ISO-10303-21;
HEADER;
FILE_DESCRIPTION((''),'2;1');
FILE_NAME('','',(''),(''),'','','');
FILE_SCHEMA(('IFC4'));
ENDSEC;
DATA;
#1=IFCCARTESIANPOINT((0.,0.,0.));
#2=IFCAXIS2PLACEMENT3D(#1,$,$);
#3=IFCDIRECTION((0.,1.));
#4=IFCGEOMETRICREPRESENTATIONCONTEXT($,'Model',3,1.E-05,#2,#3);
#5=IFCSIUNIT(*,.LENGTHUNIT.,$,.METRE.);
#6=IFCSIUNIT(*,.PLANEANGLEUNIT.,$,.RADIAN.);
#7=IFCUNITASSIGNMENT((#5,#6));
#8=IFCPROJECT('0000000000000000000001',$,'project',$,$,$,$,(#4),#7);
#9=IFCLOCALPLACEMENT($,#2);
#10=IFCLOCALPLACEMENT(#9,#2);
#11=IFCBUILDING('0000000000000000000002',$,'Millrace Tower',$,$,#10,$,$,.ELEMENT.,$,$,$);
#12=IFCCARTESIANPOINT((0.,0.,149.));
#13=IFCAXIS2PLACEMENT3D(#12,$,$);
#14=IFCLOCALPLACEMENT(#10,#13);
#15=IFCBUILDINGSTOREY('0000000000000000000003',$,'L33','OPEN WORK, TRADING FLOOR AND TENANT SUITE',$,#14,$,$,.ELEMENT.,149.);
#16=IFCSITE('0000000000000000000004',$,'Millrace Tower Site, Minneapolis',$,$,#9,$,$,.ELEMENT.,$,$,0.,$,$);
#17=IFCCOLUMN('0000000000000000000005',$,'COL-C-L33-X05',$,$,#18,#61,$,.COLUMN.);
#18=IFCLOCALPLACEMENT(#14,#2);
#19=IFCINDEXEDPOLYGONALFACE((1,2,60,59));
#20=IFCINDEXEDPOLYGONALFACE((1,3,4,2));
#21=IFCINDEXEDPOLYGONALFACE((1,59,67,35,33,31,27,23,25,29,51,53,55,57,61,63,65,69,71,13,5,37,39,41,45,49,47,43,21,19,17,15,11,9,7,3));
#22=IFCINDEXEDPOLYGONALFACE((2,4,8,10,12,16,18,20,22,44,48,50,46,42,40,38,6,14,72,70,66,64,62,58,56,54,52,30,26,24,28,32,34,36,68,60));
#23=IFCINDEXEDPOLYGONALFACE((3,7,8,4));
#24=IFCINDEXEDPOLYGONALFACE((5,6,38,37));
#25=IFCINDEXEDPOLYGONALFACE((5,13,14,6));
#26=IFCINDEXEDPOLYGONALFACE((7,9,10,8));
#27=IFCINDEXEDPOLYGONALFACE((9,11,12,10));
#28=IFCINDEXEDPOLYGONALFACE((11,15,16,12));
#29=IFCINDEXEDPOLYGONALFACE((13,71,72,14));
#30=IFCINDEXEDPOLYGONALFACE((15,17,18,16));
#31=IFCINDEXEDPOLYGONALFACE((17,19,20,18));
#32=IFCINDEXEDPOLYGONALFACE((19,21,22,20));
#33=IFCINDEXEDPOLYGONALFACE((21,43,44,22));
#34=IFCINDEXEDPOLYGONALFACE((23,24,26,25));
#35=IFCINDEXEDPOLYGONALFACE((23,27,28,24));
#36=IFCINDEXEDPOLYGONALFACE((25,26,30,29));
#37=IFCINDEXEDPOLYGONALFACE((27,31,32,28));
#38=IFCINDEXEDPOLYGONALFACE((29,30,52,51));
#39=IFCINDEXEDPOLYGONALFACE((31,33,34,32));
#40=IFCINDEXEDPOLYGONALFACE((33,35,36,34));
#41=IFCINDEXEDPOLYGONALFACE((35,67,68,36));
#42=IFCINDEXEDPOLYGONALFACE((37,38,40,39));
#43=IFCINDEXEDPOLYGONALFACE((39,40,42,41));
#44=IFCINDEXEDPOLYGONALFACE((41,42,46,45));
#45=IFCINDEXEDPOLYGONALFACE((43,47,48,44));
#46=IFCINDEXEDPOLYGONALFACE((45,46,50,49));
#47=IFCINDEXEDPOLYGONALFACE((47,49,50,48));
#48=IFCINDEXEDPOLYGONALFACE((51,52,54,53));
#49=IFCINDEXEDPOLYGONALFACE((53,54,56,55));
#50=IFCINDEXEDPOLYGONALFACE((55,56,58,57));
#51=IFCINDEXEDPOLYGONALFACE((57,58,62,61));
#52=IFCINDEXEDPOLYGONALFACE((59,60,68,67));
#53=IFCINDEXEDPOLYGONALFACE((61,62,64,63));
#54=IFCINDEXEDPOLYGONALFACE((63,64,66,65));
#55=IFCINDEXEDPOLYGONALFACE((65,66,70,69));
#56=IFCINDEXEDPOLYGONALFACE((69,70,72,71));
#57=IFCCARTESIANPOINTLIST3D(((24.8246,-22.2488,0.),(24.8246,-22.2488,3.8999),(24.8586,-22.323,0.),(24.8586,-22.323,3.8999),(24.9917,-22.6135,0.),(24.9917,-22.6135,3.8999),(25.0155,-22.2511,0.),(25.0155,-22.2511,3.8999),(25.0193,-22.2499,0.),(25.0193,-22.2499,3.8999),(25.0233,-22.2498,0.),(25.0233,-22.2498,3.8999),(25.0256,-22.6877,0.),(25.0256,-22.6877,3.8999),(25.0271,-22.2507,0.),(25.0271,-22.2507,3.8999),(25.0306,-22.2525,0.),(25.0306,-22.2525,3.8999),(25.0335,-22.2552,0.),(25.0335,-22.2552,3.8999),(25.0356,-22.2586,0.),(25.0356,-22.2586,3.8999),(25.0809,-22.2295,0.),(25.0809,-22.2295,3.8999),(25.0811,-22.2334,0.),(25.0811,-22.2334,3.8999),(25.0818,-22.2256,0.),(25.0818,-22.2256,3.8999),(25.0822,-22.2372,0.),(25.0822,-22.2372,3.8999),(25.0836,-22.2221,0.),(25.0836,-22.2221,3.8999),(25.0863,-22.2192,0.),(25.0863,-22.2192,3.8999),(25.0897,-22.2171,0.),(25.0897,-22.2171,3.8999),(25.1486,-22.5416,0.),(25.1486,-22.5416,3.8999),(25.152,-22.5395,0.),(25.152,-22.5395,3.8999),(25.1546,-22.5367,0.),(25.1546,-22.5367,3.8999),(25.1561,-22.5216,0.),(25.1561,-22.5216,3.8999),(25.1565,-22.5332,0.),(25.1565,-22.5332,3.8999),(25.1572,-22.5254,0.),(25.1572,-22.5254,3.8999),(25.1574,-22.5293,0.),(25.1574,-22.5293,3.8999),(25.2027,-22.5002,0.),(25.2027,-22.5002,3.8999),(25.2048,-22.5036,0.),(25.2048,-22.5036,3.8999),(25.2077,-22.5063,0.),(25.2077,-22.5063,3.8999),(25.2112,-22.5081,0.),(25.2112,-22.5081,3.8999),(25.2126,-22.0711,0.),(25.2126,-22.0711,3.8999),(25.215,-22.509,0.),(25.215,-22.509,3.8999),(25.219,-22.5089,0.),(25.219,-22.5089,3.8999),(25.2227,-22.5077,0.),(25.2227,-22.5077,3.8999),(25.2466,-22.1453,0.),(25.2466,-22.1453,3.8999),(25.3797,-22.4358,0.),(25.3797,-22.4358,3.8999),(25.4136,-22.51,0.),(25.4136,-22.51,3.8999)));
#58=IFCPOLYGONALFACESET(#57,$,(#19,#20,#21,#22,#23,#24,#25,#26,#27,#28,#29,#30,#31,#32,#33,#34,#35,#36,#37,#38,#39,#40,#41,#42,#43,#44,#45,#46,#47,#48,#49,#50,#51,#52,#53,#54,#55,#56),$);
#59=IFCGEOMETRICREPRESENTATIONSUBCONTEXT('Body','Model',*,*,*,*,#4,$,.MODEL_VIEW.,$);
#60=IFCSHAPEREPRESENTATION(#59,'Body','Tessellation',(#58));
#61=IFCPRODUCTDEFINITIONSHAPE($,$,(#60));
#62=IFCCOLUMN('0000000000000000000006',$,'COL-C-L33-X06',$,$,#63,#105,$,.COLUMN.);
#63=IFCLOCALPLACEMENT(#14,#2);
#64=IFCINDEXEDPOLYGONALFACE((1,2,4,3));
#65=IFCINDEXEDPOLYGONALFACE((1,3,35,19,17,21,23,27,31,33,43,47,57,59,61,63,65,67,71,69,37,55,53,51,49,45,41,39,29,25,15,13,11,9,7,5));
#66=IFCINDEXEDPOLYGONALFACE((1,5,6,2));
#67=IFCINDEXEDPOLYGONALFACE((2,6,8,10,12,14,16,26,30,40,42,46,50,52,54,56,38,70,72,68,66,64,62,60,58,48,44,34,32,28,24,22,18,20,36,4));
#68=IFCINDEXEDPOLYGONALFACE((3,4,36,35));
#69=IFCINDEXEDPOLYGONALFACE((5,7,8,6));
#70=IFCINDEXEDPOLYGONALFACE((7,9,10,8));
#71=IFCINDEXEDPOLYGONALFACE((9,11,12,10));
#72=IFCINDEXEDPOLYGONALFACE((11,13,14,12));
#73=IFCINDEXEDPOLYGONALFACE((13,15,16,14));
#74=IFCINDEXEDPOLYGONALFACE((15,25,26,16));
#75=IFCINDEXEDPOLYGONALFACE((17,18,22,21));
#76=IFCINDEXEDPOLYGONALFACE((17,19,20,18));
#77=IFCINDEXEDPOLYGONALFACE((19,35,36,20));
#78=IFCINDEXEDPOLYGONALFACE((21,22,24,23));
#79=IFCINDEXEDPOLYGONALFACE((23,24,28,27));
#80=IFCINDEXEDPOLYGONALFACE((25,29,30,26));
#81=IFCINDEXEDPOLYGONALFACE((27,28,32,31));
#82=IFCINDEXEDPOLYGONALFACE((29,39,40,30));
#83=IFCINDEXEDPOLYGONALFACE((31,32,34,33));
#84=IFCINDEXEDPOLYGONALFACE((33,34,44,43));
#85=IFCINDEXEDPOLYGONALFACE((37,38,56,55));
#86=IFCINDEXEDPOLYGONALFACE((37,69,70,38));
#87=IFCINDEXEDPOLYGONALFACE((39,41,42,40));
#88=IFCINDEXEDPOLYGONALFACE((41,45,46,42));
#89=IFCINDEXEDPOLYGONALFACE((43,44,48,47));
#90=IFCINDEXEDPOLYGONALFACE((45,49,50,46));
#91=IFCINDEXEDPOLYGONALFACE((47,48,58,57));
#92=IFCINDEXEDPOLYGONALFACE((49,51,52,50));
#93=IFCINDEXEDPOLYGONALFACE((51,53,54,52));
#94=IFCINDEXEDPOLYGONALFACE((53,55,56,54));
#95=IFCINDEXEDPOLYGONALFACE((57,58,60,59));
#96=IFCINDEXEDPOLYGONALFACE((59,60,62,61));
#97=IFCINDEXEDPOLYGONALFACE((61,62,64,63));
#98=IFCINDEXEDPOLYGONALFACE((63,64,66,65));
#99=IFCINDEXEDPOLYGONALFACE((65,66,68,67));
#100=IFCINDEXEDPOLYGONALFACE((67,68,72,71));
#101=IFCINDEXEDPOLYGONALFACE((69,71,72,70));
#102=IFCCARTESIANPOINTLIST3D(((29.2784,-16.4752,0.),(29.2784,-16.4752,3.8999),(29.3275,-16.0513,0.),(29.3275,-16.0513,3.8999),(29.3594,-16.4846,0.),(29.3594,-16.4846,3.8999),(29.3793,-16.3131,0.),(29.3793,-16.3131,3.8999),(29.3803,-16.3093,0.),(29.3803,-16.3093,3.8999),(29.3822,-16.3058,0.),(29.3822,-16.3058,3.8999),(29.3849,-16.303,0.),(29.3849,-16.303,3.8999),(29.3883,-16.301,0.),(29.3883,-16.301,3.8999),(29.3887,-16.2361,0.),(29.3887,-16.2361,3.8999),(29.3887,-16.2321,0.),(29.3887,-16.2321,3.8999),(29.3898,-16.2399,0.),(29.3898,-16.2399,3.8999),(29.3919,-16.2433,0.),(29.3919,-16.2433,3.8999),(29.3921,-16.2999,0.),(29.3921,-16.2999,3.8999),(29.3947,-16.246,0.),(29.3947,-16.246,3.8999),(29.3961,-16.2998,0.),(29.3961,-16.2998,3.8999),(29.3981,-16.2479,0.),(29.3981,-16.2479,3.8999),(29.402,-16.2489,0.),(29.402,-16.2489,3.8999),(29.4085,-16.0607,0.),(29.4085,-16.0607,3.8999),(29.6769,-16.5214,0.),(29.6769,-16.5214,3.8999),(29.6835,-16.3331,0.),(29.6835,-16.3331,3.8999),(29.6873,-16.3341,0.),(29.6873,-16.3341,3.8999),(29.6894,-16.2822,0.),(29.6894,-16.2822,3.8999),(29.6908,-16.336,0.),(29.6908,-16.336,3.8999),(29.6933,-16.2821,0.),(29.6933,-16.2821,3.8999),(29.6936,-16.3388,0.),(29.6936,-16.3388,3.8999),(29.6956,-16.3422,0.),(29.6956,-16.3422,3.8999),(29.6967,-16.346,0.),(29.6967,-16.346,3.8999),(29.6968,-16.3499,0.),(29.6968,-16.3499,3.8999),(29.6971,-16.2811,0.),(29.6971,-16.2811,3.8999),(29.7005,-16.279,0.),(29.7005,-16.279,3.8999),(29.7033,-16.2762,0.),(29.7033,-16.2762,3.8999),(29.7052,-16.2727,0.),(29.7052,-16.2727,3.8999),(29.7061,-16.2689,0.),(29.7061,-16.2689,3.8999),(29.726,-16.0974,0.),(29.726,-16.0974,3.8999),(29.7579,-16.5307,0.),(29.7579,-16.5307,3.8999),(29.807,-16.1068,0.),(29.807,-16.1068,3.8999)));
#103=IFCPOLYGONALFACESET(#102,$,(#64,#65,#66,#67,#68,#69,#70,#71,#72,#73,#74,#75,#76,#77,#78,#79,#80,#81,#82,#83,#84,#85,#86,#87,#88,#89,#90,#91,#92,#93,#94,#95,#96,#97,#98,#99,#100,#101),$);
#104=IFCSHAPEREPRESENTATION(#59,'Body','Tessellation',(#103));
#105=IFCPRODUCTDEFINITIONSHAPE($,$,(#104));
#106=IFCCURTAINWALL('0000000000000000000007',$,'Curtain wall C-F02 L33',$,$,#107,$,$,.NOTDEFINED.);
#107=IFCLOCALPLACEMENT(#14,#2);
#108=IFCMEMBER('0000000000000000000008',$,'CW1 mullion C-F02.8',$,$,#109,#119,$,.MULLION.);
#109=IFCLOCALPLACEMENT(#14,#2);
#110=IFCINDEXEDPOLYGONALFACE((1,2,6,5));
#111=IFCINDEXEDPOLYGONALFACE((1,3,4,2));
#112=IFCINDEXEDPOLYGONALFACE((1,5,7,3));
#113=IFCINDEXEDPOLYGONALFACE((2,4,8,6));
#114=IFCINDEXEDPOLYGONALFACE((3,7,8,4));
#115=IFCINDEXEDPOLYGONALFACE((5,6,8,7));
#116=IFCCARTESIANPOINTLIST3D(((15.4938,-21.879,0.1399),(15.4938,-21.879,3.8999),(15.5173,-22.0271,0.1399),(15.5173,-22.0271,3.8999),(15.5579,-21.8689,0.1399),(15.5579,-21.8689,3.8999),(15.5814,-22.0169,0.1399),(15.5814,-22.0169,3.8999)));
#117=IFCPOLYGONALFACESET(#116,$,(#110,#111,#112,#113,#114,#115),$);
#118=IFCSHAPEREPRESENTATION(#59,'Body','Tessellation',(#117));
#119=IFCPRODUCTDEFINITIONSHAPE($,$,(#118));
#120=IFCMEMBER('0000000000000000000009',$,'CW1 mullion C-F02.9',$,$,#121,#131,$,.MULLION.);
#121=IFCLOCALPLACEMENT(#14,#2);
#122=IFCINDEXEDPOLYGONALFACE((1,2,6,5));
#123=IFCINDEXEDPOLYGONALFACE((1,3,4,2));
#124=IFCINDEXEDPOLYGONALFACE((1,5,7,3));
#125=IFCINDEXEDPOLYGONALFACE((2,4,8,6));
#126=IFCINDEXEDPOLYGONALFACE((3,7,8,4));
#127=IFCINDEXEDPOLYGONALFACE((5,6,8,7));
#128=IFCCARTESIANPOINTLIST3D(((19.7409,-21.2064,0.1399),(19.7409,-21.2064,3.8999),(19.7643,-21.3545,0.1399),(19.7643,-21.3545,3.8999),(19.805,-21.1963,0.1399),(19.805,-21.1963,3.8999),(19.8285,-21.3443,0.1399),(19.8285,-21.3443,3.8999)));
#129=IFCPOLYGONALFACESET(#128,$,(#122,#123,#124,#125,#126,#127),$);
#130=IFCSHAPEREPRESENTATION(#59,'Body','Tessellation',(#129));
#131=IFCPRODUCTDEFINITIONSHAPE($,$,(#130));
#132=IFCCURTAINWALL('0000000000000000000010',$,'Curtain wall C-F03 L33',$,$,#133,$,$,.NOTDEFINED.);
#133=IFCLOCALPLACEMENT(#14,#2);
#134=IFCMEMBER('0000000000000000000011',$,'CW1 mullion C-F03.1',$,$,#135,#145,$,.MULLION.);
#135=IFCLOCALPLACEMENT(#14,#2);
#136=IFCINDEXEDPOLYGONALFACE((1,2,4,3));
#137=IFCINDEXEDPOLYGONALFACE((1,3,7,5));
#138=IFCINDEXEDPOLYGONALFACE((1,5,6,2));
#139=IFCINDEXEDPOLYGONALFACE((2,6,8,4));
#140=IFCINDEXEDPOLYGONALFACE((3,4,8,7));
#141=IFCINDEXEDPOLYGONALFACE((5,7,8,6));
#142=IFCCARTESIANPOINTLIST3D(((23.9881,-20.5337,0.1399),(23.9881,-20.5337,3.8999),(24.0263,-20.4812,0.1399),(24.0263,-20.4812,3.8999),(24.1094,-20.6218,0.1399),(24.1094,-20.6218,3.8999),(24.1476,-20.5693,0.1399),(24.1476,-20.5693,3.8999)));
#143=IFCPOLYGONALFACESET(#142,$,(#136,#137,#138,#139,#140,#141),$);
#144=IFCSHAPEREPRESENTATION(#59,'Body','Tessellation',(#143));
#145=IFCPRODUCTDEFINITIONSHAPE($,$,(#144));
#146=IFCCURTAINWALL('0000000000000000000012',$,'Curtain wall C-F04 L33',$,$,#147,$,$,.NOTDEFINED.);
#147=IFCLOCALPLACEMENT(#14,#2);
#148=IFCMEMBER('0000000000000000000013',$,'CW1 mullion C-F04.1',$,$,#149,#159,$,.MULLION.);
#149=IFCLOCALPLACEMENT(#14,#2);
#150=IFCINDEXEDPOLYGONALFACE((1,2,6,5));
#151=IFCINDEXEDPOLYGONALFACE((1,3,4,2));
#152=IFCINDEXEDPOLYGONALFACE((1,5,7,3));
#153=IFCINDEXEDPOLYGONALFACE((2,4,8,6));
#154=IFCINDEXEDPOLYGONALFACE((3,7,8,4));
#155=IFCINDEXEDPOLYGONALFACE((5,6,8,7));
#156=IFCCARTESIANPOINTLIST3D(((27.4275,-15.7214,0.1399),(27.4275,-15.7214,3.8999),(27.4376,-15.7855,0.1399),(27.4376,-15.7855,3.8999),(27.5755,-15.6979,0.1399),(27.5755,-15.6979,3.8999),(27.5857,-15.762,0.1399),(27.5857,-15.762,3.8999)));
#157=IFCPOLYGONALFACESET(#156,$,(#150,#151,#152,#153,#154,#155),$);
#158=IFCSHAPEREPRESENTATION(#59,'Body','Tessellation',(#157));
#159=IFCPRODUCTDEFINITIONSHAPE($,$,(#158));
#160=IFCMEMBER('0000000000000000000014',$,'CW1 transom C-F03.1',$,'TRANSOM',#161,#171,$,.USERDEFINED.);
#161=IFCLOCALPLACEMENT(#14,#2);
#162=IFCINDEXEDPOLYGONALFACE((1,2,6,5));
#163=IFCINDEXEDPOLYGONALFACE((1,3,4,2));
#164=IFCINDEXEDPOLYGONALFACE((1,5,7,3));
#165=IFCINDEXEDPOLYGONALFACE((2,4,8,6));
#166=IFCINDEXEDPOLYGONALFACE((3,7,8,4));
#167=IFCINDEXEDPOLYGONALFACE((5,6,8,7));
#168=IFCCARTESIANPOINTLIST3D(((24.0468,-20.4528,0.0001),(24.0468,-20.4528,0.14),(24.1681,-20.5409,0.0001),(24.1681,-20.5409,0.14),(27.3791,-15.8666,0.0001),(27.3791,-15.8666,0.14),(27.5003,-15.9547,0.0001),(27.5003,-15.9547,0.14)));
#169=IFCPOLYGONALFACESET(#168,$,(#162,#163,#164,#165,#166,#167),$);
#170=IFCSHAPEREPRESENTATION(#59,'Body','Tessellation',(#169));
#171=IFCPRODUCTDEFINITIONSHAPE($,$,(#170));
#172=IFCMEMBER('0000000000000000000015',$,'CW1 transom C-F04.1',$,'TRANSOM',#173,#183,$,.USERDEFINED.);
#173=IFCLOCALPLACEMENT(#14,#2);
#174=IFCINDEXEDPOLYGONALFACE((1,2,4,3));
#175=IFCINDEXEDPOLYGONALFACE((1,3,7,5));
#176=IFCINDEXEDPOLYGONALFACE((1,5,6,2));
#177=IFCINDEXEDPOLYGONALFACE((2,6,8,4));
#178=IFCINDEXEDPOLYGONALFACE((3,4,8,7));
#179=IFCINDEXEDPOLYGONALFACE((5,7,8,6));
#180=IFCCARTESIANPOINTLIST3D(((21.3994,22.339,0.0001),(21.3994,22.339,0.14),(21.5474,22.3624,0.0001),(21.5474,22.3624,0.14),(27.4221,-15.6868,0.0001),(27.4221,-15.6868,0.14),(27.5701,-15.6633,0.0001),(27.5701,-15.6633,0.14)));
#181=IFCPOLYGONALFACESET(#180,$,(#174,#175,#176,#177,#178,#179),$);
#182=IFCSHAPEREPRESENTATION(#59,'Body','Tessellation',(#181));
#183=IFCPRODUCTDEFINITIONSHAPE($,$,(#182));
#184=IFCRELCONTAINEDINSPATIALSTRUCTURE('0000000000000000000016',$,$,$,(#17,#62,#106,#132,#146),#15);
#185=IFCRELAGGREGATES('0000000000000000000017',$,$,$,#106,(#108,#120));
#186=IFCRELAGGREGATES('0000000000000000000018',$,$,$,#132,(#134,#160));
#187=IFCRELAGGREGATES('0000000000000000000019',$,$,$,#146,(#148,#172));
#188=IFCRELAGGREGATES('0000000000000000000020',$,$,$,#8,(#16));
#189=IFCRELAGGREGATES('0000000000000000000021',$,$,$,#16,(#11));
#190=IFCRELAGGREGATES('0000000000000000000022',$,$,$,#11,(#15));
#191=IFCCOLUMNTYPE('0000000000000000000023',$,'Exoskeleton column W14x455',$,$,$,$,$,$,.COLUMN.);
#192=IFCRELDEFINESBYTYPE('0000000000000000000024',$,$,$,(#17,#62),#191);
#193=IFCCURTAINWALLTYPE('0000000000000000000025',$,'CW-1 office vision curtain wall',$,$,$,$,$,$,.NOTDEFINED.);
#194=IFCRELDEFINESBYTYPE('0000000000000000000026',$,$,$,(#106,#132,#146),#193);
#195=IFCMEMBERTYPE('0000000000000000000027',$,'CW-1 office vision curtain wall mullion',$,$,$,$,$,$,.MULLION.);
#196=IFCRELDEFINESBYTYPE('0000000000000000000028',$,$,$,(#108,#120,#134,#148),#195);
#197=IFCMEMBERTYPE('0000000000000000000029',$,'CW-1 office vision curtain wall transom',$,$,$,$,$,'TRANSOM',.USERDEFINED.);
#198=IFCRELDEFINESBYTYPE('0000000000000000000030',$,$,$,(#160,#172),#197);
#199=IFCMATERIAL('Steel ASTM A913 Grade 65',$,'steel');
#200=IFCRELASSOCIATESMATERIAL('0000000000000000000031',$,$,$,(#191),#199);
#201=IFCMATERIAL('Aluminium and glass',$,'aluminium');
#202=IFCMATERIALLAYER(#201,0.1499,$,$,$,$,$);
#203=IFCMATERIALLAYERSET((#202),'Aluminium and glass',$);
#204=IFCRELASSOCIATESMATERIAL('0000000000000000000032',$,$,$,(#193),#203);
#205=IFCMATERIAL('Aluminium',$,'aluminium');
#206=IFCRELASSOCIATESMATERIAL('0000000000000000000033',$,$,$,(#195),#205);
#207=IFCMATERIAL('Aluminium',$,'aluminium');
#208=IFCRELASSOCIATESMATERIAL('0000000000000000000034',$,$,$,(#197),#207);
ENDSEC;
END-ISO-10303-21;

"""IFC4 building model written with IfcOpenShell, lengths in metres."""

from ifc_helpers import new_model, si_unit, direction, frame, origin, origin_2d, place, context, subcontext, project, spatial, rectangle, i_section, extrude, material, layer, layer_set, material_profile, profile_set, type_object, element, aggregate, save


model = new_model("IFC4")

# Units and contexts
model_context = context("Model", 3, precision=1e-05, world=origin(), true_north=direction((0.0, 1.0)))
body_context = subcontext(model_context, "Body", "Model", "MODEL_VIEW")
ifc_project = project(units=[si_unit("LENGTHUNIT", "METRE"), si_unit("PLANEANGLEUNIT", "RADIAN")], contexts=[model_context])

# Site, building, storey
site_placement = place(None, origin())
site = spatial("IfcSite", under=ifc_project, at=site_placement, Name="Millrace Tower Site, Minneapolis", CompositionType="ELEMENT", RefElevation=0.0)
building_placement = place(site_placement, origin())
building = spatial("IfcBuilding", under=site, at=building_placement, Name="Millrace Tower", CompositionType="ELEMENT")
storey_placement = place(building_placement, frame((0.0, 0.0, 149.0)))
storey = spatial("IfcBuildingStorey", under=building, at=storey_placement, Name="L33", Description="OPEN WORK, TRADING FLOOR AND TENANT SUITE", CompositionType="ELEMENT", Elevation=149.0)

# Columns
ifc_material_1 = material(Name="Steel ASTM A913 Grade 65", Category="steel")
ifc_material_profile_1 = material_profile(ifc_material_1, i_section(OverallWidth=0.4268, OverallDepth=0.4827, WebThickness=0.0513, FlangeThickness=0.0815, FilletRadius=0.0151, at=origin_2d()))
ifc_profile_set_1 = profile_set([ifc_material_profile_1], Name="Steel ASTM A913 Grade 65")
column_type = type_object("IfcColumnType", Name="Exoskeleton column W14x455", PredefinedType="COLUMN", material=ifc_profile_set_1)
for number, where, z_axis, x_axis, name in (
    (1, (25.1191, -22.3794, 0.0), (0.0, 0.0, 1.0), (0.909181, 0.416401, 0.0), "COL-C-L33-X05"),
    (2, (29.5427, -16.291, 0.0), (0.0, 0.0, 1.0), (0.115069, 0.993358, 0.0), "COL-C-L33-X06"),
):
    element("IfcColumn", number, at=place(storey_placement, frame(where, z_axis=z_axis, x_axis=x_axis)), inside=storey, type_object=column_type, Name=name, PredefinedType="COLUMN", context=body_context, shape_type="SweptSolid", body=[
        extrude(i_section(OverallWidth=0.4268, OverallDepth=0.4827, WebThickness=0.0513, FlangeThickness=0.0815, FilletRadius=0.0151, at=origin_2d()), origin(), (0.0, 0.0, 1.0), 3.8999),
    ])

# Curtain wall, members
ifc_material_2 = material(Name="Aluminium and glass", Category="aluminium")
ifc_layer_1 = layer(ifc_material_2, 0.1499)
ifc_layer_set_1 = layer_set([ifc_layer_1], Name="Aluminium and glass")
curtain_wall_type = type_object("IfcCurtainWallType", Name="CW-1 office vision curtain wall", PredefinedType="NOTDEFINED", material=ifc_layer_set_1)
placement = place(storey_placement, origin())
curtain_wall_1 = element("IfcCurtainWall", 3, at=placement, inside=storey, type_object=curtain_wall_type, Name="Curtain wall C-F02 L33", PredefinedType="NOTDEFINED")
ifc_material_3 = material(Name="Aluminium", Category="aluminium")
ifc_material_profile_2 = material_profile(ifc_material_3, rectangle(XDim=0.0649, YDim=0.1499, at=origin_2d()))
ifc_profile_set_2 = profile_set([ifc_material_profile_2], Name="Aluminium")
member_type_1 = type_object("IfcMemberType", Name="CW-1 office vision curtain wall mullion", PredefinedType="MULLION", material=ifc_profile_set_2)
member_1_placement = place(storey_placement, frame((15.5376, -21.948, 0.1399), z_axis=(0.0, 0.0, 1.0), x_axis=(0.987688, 0.156434, 0.0)))
member_1 = element("IfcMember", 4, at=member_1_placement, type_object=member_type_1, Name="CW1 mullion C-F02.8", PredefinedType="MULLION", context=body_context, shape_type="SweptSolid", body=[
    extrude(rectangle(XDim=0.0649, YDim=0.1499, at=origin_2d()), origin(), (0.0, 0.0, 1.0), 3.76),
])
member_2_placement = place(storey_placement, frame((19.7847, -21.2754, 0.1399), z_axis=(0.0, 0.0, 1.0), x_axis=(0.987688, 0.156434, 0.0)))
member_2 = element("IfcMember", 5, at=member_2_placement, type_object=member_type_1, Name="CW1 mullion C-F02.9", PredefinedType="MULLION", context=body_context, shape_type="SweptSolid", body=[
    extrude(rectangle(XDim=0.0649, YDim=0.1499, at=origin_2d()), origin(), (0.0, 0.0, 1.0), 3.76),
])
aggregate(curtain_wall_1, [member_1, member_2])

# Curtain walls, members
curtain_wall_2 = element("IfcCurtainWall", 6, at=placement, inside=storey, type_object=curtain_wall_type, Name="Curtain wall C-F03 L33", PredefinedType="NOTDEFINED")
member_3_placement = place(storey_placement, frame((24.0679, -20.5515, 0.1399), z_axis=(0.0, 0.0, 1.0), x_axis=(0.587785, 0.809017, 0.0)))
member_3 = element("IfcMember", 7, at=member_3_placement, type_object=member_type_1, Name="CW1 mullion C-F03.1", PredefinedType="MULLION", context=body_context, shape_type="SweptSolid", body=[
    extrude(rectangle(XDim=0.0649, YDim=0.1499, at=origin_2d()), origin(), (0.0, 0.0, 1.0), 3.76),
])
curtain_wall_3 = element("IfcCurtainWall", 8, at=placement, inside=storey, type_object=curtain_wall_type, Name="Curtain wall C-F04 L33", PredefinedType="NOTDEFINED")
member_4_placement = place(storey_placement, frame((27.5066, -15.7417, 0.1399), z_axis=(0.0, 0.0, 1.0), x_axis=(-0.156434, 0.987688, 0.0)))
member_4 = element("IfcMember", 9, at=member_4_placement, type_object=member_type_1, Name="CW1 mullion C-F04.1", PredefinedType="MULLION", context=body_context, shape_type="SweptSolid", body=[
    extrude(rectangle(XDim=0.0649, YDim=0.1499, at=origin_2d()), origin(), (0.0, 0.0, 1.0), 3.76),
])

# Members
ifc_material_4 = material(Name="Aluminium", Category="aluminium")
ifc_material_profile_3 = material_profile(ifc_material_4, rectangle(XDim=0.1499, YDim=0.1399, at=origin_2d()))
ifc_profile_set_3 = profile_set([ifc_material_profile_3], Name="Aluminium")
member_type_2 = type_object("IfcMemberType", Name="CW-1 office vision curtain wall transom", ElementType="TRANSOM", PredefinedType="USERDEFINED", material=ifc_profile_set_3)
member_5_placement = place(storey_placement, frame((24.1074, -20.4968, 0.0701), z_axis=(0.587811, 0.808999, 0.0), x_axis=(-0.808999, 0.587811, 0.0)))
member_5 = element("IfcMember", 10, at=member_5_placement, type_object=member_type_2, Name="CW1 transom C-F03.1", ObjectType="TRANSOM", PredefinedType="USERDEFINED", context=body_context, shape_type="SweptSolid", body=[
    extrude(rectangle(XDim=0.1499, YDim=0.1399, at=origin_2d()), origin(), (0.0, 0.0, 1.0), 5.6689),
])
aggregate(curtain_wall_2, [member_3, member_5])
member_6_placement = place(storey_placement, frame((27.4961, -15.675, 0.0701), z_axis=(-0.156434, 0.987688, 0.0), x_axis=(-0.987688, -0.156434, 0.0)))
member_6 = element("IfcMember", 11, at=member_6_placement, type_object=member_type_2, Name="CW1 transom C-F04.1", ObjectType="TRANSOM", PredefinedType="USERDEFINED", context=body_context, shape_type="SweptSolid", body=[
    extrude(rectangle(XDim=0.1499, YDim=0.1399, at=origin_2d()), origin(), (0.0, 0.0, 1.0), 38.4998),
])
aggregate(curtain_wall_3, [member_4, member_6])

save(model, "model.ifc")
